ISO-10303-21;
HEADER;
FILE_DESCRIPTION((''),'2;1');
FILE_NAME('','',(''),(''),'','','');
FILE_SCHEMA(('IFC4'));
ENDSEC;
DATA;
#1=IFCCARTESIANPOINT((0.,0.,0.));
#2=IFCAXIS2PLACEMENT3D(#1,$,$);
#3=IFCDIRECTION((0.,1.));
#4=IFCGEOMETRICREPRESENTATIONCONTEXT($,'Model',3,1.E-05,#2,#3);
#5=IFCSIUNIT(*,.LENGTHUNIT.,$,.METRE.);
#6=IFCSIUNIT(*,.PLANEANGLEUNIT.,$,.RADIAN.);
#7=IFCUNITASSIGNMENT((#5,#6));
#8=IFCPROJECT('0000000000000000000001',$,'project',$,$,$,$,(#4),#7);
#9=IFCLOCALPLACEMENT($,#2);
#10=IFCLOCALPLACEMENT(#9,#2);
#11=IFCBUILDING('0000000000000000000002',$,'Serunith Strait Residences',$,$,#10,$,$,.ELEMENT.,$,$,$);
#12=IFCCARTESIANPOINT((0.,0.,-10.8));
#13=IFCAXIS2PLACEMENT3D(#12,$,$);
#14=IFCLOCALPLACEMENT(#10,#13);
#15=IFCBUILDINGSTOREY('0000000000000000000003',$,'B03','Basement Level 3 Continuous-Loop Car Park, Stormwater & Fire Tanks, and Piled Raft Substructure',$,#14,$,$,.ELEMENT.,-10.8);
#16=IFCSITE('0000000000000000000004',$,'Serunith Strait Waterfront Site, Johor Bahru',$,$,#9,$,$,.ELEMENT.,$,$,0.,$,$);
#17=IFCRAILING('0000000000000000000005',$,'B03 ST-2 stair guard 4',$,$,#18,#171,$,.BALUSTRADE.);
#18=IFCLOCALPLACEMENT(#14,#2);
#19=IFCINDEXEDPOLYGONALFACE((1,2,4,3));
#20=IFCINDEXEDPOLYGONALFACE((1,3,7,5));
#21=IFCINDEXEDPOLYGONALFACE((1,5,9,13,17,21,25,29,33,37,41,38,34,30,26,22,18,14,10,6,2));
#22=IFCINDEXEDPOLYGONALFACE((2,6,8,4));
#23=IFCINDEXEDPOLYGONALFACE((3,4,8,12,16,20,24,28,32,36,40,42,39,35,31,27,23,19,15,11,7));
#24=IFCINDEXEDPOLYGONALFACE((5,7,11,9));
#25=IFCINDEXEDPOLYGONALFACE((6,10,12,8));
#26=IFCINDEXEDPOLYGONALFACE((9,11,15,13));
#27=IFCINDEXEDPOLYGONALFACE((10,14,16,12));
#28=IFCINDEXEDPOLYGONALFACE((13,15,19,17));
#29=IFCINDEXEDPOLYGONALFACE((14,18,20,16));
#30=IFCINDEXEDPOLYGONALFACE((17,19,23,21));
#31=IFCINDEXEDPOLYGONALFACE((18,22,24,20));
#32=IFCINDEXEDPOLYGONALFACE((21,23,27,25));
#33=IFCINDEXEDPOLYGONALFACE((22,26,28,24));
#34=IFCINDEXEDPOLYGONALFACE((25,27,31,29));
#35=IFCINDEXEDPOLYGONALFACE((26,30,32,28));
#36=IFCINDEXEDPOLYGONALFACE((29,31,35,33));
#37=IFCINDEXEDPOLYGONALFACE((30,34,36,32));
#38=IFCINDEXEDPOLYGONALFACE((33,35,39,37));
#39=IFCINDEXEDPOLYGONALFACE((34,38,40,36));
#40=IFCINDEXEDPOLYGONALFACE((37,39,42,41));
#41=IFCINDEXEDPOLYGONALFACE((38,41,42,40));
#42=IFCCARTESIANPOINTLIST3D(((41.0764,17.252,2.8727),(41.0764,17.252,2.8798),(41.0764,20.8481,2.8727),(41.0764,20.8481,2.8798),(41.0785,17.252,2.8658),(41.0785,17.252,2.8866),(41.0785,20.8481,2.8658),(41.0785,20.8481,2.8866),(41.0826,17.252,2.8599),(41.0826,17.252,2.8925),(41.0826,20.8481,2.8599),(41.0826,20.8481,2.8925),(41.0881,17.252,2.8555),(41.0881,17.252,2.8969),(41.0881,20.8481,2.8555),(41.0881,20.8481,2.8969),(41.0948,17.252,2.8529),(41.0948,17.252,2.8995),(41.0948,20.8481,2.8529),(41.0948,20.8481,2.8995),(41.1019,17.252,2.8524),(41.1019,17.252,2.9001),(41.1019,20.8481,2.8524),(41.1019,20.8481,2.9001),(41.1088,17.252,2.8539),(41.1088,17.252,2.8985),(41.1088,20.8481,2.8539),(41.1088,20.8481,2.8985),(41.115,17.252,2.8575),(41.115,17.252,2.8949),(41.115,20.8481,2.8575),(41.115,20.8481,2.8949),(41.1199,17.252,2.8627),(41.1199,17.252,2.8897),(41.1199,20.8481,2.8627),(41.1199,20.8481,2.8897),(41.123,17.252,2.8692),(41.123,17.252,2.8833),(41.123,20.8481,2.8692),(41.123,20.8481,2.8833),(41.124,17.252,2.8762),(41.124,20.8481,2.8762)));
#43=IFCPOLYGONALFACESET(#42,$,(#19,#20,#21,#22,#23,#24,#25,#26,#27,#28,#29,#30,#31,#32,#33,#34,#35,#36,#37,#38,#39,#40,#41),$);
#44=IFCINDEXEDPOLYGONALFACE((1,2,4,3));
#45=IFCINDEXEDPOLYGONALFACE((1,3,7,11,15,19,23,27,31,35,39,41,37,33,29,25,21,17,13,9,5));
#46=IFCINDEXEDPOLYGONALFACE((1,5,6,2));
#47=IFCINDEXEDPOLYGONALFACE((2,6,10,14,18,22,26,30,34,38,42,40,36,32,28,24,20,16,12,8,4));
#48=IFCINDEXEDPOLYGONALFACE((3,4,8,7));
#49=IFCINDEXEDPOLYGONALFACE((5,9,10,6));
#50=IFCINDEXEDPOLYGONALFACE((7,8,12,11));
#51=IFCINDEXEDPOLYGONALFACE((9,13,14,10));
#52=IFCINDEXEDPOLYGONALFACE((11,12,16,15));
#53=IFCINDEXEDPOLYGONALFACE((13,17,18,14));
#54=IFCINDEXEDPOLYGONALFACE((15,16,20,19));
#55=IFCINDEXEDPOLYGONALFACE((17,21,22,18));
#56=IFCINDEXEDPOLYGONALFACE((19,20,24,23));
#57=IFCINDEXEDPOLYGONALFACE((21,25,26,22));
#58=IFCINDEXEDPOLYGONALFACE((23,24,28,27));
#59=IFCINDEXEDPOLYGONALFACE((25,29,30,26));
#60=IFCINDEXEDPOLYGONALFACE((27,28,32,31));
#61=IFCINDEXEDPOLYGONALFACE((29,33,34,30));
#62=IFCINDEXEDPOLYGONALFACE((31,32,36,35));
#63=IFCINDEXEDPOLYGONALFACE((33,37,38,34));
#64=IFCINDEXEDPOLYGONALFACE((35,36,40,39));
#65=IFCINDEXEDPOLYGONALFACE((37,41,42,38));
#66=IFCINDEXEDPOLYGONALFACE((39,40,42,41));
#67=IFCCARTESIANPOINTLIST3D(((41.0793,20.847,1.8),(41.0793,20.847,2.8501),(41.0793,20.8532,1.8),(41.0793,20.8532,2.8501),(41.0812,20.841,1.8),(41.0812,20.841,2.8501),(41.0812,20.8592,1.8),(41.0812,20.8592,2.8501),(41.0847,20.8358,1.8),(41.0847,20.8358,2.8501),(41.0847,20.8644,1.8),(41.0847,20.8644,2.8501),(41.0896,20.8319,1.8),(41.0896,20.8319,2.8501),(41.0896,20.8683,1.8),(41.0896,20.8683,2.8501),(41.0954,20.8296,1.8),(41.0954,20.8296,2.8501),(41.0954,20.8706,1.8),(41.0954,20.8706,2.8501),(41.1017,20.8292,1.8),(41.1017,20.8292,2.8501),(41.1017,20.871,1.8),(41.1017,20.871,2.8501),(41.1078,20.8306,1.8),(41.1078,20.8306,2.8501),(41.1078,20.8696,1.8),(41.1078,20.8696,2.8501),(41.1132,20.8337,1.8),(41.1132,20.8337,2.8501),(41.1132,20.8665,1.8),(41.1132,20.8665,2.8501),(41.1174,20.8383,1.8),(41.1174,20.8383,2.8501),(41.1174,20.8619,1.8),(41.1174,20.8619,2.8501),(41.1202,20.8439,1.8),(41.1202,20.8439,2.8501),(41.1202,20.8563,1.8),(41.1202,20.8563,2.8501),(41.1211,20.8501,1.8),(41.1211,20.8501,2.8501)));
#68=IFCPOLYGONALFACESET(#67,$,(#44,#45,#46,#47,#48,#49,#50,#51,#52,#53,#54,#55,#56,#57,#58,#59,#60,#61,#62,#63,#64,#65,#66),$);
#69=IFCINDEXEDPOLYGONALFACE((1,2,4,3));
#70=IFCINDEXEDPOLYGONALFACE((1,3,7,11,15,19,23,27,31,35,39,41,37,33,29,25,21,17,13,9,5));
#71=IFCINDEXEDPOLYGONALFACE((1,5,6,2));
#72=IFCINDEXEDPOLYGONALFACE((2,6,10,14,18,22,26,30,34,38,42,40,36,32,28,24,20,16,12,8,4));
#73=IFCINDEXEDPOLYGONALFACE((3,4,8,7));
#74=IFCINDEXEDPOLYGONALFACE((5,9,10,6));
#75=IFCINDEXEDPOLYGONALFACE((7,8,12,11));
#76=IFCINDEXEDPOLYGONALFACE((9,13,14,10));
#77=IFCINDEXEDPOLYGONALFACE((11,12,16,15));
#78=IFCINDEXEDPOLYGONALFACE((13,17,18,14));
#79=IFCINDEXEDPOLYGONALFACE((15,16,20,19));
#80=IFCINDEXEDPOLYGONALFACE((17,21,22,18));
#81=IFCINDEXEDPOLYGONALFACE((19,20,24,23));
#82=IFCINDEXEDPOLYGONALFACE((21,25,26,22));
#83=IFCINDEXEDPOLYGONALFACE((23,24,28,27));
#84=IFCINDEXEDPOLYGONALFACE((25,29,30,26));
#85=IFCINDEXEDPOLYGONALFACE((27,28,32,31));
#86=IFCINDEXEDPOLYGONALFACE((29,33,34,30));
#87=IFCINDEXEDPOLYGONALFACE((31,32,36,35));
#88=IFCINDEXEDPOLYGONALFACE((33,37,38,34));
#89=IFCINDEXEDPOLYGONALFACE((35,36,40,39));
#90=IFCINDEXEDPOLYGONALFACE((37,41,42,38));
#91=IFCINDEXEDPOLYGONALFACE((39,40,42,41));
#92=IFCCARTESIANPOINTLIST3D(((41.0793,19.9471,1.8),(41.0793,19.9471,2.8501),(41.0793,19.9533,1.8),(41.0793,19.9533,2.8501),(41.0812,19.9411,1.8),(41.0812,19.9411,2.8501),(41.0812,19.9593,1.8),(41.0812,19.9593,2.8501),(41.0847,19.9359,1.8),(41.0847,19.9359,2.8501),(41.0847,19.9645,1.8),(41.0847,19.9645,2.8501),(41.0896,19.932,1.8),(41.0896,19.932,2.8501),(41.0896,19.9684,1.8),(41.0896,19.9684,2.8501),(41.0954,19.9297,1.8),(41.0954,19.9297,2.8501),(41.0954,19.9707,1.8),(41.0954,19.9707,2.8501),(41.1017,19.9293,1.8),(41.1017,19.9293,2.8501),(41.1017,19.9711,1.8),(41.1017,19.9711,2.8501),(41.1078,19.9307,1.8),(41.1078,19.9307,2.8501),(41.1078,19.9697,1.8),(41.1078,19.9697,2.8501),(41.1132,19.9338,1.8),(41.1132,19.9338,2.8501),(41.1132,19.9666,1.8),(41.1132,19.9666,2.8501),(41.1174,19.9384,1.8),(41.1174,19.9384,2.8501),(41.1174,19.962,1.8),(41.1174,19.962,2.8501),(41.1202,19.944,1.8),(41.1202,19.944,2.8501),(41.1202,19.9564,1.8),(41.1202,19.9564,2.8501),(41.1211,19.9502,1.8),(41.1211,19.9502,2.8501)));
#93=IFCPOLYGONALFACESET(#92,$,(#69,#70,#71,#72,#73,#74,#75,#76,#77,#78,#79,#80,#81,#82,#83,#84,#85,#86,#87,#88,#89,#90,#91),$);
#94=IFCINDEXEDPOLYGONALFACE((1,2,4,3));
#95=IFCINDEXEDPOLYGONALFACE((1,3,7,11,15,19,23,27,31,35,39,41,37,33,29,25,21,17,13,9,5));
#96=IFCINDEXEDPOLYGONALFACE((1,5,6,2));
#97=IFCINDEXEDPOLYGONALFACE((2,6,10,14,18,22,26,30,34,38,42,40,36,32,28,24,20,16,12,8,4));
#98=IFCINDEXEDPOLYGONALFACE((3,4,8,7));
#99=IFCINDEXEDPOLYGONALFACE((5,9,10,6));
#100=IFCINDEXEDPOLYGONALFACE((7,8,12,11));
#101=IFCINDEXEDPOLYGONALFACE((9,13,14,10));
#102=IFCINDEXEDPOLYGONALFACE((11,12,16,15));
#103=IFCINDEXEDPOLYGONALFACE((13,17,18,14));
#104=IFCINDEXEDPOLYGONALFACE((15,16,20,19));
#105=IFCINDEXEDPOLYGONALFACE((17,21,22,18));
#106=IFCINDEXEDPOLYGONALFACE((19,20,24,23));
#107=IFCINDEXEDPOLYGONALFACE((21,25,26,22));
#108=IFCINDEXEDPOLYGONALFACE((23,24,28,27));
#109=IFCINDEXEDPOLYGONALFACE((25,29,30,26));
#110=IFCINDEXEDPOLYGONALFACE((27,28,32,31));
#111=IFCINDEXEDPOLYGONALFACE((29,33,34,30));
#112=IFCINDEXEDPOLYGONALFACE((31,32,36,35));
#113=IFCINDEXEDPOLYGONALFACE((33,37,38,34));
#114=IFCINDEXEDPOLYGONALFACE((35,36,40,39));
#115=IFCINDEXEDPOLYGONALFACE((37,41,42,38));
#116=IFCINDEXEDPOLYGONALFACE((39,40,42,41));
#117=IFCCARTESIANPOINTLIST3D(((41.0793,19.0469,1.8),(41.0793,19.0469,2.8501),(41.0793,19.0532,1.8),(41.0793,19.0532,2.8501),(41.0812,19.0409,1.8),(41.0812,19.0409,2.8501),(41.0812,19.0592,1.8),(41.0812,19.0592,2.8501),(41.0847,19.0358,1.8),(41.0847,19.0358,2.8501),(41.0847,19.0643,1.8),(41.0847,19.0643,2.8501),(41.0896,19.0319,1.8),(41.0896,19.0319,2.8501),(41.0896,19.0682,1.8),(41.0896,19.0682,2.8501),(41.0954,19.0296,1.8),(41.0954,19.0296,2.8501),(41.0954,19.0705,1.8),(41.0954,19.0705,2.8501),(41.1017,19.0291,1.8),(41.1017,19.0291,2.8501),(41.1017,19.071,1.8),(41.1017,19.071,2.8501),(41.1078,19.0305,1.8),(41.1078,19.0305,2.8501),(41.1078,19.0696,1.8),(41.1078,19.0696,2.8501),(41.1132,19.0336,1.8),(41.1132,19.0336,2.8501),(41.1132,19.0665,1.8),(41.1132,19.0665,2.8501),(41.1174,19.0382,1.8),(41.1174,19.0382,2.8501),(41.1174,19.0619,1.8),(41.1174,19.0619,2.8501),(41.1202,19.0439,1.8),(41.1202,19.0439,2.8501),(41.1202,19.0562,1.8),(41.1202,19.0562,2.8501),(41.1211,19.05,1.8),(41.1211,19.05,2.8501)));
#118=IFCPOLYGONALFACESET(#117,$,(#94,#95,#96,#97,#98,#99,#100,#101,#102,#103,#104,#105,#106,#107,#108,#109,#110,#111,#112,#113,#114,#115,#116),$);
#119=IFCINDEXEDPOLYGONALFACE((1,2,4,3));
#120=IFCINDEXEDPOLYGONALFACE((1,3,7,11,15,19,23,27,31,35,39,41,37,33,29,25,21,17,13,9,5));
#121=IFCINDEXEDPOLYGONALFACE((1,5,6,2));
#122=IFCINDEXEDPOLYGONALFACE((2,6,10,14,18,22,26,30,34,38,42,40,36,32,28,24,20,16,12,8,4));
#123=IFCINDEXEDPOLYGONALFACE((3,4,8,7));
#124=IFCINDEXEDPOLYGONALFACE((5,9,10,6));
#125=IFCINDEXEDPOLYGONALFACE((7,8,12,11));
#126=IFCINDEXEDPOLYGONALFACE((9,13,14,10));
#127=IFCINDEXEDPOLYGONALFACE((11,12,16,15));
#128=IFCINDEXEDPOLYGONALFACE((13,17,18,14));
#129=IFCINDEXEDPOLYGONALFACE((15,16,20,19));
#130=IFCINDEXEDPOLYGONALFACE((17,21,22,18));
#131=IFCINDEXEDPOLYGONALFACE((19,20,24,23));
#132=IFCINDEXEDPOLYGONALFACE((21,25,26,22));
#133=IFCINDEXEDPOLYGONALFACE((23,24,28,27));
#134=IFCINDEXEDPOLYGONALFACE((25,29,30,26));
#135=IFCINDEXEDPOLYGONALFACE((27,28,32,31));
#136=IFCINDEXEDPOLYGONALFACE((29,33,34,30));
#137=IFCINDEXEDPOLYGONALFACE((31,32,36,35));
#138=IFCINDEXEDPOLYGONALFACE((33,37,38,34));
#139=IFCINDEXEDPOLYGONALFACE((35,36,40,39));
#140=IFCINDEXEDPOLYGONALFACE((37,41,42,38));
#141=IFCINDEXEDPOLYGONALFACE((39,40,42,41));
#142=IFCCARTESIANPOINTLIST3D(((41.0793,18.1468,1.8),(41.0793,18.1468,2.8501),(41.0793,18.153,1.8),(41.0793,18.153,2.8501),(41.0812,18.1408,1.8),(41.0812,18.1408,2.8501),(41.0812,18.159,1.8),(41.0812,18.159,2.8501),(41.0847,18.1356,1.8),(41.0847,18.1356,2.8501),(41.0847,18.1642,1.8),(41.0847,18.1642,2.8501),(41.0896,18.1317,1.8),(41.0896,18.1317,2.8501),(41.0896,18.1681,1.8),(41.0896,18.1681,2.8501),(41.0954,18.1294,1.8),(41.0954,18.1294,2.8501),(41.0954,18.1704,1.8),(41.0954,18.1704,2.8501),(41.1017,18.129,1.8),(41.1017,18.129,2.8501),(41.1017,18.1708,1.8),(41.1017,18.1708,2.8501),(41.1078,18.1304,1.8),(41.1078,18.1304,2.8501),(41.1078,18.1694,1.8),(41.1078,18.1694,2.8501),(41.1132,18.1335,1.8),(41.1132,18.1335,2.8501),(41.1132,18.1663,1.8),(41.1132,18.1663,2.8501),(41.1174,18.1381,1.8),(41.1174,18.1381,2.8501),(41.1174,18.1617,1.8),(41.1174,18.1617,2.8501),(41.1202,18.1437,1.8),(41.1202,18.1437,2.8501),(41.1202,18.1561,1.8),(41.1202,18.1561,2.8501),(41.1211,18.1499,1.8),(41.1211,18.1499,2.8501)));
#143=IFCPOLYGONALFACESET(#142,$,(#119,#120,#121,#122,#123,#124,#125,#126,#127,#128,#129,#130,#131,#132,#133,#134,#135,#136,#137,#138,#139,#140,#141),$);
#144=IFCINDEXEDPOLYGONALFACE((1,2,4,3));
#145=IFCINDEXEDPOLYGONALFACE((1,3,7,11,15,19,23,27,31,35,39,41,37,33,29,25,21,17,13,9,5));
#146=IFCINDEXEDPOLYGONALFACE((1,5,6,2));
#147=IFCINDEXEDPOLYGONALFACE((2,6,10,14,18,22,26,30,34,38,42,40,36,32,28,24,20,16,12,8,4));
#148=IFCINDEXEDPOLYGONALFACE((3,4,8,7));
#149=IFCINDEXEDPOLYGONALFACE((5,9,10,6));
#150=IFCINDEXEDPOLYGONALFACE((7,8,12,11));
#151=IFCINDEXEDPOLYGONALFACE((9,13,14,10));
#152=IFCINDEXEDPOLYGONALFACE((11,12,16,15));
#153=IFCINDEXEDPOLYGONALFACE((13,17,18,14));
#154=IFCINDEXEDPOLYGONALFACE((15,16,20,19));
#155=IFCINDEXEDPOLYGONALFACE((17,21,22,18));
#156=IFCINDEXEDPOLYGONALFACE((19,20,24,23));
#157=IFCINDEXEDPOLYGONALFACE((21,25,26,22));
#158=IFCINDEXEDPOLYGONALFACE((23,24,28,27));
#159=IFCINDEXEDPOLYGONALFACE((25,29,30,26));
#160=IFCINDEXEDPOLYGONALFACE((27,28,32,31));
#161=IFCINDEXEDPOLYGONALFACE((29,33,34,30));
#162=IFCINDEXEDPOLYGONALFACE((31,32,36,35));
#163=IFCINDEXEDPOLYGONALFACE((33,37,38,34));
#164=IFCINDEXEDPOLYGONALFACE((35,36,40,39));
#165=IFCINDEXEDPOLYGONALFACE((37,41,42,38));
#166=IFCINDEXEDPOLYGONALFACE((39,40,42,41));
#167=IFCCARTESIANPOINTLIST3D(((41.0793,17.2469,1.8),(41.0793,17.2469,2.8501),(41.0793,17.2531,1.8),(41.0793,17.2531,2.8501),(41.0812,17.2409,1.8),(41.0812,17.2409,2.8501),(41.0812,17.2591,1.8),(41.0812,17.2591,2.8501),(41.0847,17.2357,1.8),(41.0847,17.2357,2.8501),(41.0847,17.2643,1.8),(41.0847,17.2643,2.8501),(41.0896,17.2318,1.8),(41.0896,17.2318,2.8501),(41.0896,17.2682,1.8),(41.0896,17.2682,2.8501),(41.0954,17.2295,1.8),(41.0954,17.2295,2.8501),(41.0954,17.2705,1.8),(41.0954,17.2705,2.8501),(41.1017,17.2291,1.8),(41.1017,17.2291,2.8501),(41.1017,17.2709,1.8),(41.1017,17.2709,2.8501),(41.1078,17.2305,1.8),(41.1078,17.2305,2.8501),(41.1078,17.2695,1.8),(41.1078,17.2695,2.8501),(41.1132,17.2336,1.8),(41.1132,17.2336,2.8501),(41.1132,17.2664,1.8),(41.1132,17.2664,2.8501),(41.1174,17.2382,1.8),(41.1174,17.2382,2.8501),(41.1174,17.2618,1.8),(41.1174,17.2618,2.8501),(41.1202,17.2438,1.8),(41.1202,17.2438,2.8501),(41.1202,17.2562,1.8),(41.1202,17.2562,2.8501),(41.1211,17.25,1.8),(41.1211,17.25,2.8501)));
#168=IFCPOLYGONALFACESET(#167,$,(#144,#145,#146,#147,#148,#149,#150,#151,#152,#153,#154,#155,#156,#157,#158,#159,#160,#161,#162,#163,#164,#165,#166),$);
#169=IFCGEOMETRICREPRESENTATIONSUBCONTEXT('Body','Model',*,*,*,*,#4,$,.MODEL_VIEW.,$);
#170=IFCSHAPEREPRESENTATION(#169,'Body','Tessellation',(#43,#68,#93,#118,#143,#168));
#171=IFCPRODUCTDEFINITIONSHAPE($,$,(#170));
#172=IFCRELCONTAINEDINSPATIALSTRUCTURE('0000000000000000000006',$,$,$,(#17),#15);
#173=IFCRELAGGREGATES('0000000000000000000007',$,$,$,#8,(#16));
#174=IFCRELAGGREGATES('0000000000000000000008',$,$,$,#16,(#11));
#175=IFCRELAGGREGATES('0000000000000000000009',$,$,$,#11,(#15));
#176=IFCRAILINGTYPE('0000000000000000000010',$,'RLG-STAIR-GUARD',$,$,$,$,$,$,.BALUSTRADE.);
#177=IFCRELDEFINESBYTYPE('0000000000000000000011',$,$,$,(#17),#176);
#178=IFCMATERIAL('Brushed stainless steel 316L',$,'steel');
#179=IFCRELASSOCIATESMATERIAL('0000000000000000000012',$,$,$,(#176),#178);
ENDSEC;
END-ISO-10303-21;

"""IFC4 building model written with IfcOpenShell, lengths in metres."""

from ifc_helpers import new_model, si_unit, direction, frame, origin, origin_2d, place, context, subcontext, project, spatial, circle, extrude, material, type_object, element, save


model = new_model("IFC4")

# Units and contexts
model_context = context("Model", 3, precision=1e-05, world=origin(), true_north=direction((0.0, 1.0)))
body_context = subcontext(model_context, "Body", "Model", "MODEL_VIEW")
ifc_project = project(units=[si_unit("LENGTHUNIT", "METRE"), si_unit("PLANEANGLEUNIT", "RADIAN")], contexts=[model_context])

# Site, building, storey
site_placement = place(None, origin())
site = spatial("IfcSite", under=ifc_project, at=site_placement, Name="Serunith Strait Waterfront Site, Johor Bahru", CompositionType="ELEMENT", RefElevation=0.0)
building_placement = place(site_placement, origin())
building = spatial("IfcBuilding", under=site, at=building_placement, Name="Serunith Strait Residences", CompositionType="ELEMENT")
storey_placement = place(building_placement, frame((0.0, 0.0, -10.8)))
storey = spatial("IfcBuildingStorey", under=building, at=storey_placement, Name="B03", Description="Basement Level 3 Continuous-Loop Car Park, Stormwater & Fire Tanks, and Piled Raft Substructure", CompositionType="ELEMENT", Elevation=-10.8)

# Railing
ifc_material_1 = material(Name="Brushed stainless steel 316L", Category="steel")
railing_type_1 = type_object("IfcRailingType", Name="RLG-STAIR-GUARD", PredefinedType="BALUSTRADE", material=ifc_material_1)
for number, where, name in (
    (1, (41.1001, 20.8501, 1.8), "B03 ST-2 stair guard 4"),
):
    element("IfcRailing", number, at=place(storey_placement, frame(where)), inside=storey, type_object=railing_type_1, Name=name, PredefinedType="BALUSTRADE", context=body_context, shape_type="SweptSolid", body=[
        extrude(circle(Radius=0.0239, at=origin_2d()), frame((0.0, -0.002, 1.0762), z_axis=(0.0, -1.0, 0.0), x_axis=(1.0, 0.0, 0.0)), (0.0, 0.0, 1.0), 3.5962),
        extrude(circle(Radius=0.021, at=origin_2d()), origin(), (0.0, 0.0, 1.0), 1.05),
        extrude(circle(Radius=0.021, at=origin_2d()), frame((0.0, -0.8999, 0.0)), (0.0, 0.0, 1.0), 1.05),
        extrude(circle(Radius=0.021, at=origin_2d()), frame((0.0, -1.8, 0.0)), (0.0, 0.0, 1.0), 1.05),
        extrude(circle(Radius=0.021, at=origin_2d()), frame((0.0, -2.7002, 0.0)), (0.0, 0.0, 1.0), 1.05),
        extrude(circle(Radius=0.021, at=origin_2d()), frame((0.0, -3.6001, 0.0)), (0.0, 0.0, 1.0), 1.05),
    ])

save(model, "model.ifc")
